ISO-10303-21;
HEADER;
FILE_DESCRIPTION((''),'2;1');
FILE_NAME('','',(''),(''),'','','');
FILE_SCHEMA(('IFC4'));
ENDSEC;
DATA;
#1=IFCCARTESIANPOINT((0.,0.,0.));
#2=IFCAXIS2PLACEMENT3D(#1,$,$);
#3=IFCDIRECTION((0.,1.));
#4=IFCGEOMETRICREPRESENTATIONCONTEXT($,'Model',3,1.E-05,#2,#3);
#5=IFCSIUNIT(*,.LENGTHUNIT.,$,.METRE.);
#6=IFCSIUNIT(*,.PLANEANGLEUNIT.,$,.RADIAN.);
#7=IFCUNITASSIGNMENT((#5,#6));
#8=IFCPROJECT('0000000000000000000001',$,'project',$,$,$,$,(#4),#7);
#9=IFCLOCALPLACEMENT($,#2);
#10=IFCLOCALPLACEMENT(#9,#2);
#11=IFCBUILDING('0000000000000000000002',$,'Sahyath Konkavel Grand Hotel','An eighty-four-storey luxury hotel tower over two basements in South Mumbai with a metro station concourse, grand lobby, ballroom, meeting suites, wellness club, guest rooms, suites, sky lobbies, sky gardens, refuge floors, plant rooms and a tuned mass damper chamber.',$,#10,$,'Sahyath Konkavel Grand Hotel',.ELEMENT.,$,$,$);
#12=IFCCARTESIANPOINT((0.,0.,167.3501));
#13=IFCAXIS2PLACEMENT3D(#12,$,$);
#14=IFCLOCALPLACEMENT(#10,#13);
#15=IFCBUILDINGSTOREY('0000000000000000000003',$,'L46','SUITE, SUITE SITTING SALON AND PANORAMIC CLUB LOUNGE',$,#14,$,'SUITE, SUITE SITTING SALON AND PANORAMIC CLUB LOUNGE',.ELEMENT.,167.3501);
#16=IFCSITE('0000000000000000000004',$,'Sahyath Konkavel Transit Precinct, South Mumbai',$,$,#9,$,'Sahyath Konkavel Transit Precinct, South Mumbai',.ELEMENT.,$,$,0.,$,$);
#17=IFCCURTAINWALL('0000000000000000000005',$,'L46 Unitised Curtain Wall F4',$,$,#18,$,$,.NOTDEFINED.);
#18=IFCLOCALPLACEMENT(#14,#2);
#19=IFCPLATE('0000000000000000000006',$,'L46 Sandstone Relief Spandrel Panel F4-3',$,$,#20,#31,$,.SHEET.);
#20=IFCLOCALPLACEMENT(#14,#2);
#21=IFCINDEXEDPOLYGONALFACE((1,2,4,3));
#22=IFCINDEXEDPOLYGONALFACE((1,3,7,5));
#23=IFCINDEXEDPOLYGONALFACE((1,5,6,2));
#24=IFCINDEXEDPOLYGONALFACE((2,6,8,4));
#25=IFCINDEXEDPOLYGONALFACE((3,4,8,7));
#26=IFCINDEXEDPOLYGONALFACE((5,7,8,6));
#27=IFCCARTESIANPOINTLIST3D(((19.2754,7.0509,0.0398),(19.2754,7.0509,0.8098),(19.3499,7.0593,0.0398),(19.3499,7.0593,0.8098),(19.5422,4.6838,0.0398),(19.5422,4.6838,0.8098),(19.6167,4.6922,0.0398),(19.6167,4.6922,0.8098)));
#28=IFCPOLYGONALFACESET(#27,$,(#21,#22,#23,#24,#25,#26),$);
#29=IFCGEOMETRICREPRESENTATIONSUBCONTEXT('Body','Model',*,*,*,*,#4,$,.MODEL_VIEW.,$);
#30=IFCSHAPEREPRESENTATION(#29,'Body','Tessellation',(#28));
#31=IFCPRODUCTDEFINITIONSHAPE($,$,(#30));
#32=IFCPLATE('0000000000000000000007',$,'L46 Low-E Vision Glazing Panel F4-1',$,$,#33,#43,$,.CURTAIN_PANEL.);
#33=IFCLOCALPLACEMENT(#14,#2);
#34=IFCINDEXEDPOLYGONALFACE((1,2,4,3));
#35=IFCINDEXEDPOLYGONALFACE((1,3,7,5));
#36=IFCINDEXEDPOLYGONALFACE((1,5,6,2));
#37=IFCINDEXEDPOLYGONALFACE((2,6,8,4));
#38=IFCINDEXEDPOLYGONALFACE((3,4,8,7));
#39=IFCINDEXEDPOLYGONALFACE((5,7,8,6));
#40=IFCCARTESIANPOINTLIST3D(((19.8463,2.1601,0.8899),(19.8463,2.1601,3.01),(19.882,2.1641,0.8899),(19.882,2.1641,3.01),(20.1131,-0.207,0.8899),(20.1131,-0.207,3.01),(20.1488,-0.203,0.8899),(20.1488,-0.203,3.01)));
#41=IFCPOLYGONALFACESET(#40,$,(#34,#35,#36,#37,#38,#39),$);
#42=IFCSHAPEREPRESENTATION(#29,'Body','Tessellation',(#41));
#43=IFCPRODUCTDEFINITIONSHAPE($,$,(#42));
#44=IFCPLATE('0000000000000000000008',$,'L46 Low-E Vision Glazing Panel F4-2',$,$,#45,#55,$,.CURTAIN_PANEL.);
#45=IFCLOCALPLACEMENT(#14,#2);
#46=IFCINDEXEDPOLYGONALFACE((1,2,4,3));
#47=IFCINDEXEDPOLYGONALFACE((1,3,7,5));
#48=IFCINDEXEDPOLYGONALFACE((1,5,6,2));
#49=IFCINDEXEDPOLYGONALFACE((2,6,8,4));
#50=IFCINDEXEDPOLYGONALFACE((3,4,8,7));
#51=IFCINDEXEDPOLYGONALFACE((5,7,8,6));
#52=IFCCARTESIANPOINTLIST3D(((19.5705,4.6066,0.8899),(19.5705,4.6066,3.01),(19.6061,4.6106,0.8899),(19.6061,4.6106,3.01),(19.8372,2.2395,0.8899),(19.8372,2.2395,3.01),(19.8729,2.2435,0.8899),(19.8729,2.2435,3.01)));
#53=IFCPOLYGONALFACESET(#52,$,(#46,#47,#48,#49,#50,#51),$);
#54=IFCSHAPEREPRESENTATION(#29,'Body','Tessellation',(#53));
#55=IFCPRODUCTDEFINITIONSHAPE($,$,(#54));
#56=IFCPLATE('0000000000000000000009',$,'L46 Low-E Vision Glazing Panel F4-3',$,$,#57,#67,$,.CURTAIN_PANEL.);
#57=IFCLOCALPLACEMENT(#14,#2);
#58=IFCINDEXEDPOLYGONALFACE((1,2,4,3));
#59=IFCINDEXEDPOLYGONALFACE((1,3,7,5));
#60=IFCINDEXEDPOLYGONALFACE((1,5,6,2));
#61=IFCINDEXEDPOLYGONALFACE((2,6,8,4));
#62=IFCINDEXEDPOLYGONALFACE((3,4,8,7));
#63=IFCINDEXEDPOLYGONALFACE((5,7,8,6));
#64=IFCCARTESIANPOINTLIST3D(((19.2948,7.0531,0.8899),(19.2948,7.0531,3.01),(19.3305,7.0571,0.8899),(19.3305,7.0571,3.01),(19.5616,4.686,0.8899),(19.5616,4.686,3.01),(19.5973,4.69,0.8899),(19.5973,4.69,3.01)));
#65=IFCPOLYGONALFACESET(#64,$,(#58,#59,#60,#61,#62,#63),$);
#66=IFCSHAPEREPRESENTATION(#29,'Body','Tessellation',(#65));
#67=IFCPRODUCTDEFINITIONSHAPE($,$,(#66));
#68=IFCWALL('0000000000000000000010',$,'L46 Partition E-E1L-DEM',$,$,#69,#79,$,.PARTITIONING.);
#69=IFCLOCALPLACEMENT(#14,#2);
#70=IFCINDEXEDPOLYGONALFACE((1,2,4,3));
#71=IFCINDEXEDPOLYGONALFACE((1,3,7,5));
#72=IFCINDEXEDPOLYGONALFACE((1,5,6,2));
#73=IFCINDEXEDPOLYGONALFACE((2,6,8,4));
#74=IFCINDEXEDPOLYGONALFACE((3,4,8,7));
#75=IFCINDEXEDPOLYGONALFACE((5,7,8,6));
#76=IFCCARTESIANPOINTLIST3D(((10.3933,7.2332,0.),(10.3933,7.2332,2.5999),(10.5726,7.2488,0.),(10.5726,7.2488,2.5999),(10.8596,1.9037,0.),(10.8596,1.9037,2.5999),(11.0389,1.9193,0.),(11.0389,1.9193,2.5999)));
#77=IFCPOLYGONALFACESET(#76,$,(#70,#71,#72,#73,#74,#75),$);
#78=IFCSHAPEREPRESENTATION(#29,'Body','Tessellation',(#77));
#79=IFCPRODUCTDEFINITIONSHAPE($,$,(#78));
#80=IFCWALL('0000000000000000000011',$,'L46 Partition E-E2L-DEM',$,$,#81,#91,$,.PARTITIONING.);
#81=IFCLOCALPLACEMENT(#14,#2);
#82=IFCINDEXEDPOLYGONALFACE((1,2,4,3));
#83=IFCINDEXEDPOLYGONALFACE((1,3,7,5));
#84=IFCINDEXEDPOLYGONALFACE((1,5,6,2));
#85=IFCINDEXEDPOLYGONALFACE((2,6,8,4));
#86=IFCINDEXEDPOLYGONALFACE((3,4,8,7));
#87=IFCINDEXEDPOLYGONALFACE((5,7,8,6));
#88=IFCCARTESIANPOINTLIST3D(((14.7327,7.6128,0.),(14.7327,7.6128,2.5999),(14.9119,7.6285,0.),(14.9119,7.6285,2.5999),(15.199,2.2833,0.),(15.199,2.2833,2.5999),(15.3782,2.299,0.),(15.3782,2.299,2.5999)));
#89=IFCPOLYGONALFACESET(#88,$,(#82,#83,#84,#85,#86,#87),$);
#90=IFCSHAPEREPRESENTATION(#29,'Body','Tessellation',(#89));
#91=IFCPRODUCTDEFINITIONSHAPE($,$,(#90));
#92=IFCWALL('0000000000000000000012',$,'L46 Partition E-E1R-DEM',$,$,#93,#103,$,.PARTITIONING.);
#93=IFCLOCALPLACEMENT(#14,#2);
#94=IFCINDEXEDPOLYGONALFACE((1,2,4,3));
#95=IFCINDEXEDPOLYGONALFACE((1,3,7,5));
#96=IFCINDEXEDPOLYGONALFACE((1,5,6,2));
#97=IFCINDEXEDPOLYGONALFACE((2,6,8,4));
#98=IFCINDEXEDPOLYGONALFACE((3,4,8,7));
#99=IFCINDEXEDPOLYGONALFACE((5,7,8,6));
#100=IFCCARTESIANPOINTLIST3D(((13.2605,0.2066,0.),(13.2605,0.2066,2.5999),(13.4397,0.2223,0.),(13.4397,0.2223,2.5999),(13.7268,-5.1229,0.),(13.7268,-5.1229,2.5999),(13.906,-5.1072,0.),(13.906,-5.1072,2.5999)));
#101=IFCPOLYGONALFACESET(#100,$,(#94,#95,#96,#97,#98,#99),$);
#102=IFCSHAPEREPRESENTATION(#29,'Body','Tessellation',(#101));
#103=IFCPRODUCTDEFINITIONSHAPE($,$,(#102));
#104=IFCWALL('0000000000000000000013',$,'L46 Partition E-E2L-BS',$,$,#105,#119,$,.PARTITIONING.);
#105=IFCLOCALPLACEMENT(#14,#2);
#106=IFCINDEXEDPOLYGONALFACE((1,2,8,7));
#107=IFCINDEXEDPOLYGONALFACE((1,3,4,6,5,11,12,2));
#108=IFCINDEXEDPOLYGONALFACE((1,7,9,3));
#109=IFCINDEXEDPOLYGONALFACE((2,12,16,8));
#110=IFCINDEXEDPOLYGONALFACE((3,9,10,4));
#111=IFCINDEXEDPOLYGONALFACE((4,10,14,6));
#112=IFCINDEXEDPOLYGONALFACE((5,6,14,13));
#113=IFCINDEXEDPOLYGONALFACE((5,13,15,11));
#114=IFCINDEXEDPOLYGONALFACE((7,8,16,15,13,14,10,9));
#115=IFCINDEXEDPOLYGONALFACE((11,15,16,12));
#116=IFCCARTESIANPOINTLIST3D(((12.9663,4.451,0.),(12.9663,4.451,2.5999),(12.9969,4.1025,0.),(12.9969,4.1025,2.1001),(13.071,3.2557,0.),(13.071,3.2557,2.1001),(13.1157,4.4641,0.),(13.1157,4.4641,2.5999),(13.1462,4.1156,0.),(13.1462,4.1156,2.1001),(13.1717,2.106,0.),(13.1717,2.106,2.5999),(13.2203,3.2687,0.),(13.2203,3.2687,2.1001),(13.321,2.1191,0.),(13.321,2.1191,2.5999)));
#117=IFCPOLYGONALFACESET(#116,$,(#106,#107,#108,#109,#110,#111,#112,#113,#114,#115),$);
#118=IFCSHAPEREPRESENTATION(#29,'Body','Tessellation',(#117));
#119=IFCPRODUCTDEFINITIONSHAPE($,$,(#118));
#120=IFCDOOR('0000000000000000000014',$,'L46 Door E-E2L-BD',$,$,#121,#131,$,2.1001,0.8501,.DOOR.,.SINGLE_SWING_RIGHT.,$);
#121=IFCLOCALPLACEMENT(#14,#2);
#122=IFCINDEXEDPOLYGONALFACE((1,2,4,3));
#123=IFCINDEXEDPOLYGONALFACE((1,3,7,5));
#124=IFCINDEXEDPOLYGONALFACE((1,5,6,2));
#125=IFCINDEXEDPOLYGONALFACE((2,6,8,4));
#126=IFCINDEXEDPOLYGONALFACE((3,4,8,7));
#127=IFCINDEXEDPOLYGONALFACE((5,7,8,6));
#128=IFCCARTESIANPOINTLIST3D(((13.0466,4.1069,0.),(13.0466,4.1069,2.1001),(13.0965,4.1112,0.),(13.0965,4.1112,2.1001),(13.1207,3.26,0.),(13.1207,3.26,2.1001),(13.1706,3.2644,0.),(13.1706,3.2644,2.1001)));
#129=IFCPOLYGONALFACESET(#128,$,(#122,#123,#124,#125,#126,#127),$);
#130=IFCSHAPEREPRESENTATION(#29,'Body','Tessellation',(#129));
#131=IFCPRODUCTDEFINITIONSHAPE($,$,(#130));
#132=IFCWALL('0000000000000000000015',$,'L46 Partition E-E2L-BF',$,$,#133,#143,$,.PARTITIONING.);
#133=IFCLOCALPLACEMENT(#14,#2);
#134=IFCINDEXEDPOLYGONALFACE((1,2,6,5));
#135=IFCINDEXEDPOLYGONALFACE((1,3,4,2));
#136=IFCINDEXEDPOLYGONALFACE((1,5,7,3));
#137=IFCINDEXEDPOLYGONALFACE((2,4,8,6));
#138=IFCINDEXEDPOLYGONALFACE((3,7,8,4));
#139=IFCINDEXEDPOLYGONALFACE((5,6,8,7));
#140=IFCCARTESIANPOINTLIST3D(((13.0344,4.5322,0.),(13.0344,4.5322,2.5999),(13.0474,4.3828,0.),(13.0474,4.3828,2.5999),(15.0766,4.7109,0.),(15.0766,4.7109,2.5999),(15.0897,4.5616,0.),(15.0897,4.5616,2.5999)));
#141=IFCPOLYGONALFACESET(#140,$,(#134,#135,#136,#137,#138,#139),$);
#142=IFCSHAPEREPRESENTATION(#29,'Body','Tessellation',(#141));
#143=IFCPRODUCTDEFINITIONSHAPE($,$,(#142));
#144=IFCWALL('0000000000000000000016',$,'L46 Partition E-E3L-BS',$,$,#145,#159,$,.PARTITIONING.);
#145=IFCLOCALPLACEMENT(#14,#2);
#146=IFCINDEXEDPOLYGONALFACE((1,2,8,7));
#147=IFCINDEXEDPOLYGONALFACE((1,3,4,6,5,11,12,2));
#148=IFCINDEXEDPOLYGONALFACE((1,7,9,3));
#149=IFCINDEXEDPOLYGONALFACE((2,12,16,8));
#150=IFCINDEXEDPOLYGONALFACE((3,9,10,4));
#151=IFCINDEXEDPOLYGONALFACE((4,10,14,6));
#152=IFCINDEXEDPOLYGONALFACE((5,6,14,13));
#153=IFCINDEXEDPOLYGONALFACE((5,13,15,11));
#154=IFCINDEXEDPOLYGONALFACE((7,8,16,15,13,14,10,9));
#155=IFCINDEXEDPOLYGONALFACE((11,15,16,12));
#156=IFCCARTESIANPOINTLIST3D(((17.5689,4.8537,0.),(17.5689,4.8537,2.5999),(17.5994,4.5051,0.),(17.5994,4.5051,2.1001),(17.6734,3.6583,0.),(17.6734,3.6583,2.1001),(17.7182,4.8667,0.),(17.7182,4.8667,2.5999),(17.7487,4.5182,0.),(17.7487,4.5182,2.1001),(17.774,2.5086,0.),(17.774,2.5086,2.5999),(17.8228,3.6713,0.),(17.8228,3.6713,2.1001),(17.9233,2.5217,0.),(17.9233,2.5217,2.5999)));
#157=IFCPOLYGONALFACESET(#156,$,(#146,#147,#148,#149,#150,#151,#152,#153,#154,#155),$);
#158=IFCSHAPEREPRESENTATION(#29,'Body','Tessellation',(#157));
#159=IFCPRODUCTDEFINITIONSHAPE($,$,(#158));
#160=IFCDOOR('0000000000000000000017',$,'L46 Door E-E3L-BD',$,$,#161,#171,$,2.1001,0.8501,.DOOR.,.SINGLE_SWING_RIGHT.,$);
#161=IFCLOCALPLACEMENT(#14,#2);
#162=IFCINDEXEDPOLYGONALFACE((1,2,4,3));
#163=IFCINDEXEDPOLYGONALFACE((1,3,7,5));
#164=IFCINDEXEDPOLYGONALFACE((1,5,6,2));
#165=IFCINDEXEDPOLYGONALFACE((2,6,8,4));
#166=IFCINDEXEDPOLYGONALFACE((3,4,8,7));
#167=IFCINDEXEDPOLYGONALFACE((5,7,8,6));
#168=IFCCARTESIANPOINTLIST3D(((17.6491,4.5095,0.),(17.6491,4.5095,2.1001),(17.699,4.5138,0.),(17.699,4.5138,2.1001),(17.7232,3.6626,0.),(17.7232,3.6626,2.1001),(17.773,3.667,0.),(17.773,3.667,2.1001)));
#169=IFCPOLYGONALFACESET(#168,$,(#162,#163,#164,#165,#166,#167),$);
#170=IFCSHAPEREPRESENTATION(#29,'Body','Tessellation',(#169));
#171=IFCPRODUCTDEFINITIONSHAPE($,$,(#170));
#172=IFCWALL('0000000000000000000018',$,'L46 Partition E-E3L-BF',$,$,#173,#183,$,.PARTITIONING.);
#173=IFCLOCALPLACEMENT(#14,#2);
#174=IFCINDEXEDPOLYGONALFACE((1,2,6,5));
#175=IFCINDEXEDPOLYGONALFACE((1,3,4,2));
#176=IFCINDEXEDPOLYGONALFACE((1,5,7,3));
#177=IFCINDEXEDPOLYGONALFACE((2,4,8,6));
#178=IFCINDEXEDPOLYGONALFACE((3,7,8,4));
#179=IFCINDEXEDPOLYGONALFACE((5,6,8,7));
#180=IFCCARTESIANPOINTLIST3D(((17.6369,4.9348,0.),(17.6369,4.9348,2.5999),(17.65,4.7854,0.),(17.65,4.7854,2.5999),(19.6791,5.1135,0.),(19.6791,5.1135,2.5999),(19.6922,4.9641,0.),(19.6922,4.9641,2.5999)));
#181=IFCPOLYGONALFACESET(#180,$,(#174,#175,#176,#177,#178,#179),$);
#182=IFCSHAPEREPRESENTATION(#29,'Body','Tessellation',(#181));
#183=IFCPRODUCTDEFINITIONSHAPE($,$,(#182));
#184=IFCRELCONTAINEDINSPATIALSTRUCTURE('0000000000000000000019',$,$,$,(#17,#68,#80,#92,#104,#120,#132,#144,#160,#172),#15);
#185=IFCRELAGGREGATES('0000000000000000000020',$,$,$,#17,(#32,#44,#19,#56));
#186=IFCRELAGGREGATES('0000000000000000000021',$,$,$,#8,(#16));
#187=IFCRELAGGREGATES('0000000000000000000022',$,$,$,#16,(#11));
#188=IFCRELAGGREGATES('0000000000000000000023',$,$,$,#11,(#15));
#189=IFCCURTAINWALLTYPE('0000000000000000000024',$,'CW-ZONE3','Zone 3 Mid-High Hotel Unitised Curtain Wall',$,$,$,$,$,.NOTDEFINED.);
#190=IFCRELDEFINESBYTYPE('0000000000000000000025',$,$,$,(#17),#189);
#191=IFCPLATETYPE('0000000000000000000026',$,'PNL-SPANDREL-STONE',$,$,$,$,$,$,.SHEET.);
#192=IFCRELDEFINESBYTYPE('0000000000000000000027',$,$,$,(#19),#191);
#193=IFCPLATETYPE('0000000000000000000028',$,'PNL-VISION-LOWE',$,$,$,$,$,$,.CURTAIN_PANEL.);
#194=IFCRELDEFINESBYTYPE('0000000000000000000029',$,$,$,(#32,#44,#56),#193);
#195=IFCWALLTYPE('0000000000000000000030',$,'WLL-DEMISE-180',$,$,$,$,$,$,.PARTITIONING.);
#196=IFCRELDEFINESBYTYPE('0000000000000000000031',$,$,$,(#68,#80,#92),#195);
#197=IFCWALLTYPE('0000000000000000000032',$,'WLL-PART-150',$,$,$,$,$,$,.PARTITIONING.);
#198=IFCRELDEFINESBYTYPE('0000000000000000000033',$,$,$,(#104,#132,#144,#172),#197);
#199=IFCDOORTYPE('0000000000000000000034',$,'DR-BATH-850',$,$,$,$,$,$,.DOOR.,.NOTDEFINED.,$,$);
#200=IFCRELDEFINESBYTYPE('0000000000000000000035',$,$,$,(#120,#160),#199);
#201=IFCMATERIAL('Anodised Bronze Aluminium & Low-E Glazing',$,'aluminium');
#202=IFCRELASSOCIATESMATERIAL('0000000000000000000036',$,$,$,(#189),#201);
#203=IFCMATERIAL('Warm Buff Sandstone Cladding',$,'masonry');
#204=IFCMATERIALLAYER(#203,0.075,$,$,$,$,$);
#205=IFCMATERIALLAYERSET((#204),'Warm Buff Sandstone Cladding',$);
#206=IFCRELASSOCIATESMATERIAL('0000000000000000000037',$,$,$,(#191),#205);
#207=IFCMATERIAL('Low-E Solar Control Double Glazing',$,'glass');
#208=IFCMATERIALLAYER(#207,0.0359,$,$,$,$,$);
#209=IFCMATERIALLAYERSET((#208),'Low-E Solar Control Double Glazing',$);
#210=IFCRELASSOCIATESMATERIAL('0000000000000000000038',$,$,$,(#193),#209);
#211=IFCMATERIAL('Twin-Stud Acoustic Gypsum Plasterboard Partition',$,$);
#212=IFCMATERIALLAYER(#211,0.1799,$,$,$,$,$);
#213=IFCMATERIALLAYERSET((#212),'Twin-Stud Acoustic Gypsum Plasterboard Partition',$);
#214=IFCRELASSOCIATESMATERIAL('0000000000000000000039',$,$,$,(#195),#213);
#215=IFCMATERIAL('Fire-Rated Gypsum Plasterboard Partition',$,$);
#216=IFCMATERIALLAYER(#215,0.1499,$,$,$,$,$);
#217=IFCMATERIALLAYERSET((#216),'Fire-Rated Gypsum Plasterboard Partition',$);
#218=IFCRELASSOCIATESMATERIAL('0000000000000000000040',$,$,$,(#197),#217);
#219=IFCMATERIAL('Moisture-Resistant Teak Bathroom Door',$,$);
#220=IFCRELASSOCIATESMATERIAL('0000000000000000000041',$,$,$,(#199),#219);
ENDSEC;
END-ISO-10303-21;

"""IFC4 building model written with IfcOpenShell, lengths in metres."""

from ifc_helpers import new_model, si_unit, direction, frame, frame_2d, origin, origin_2d, place, context, subcontext, project, spatial, rectangle, extrude, source, transform, mapped, material, layer, layer_set, type_object, element, fill, aggregate, save


model = new_model("IFC4")

# Units and contexts
model_context = context("Model", 3, precision=1e-05, world=origin(), true_north=direction((0.0, 1.0)))
body_context = subcontext(model_context, "Body", "Model", "MODEL_VIEW")
ifc_project = project(units=[si_unit("LENGTHUNIT", "METRE"), si_unit("PLANEANGLEUNIT", "RADIAN")], contexts=[model_context])

# Site, building, storey
site_placement = place(None, origin())
site = spatial("IfcSite", under=ifc_project, at=site_placement, Name="Sahyath Konkavel Transit Precinct, South Mumbai", LongName="Sahyath Konkavel Transit Precinct, South Mumbai", CompositionType="ELEMENT", RefElevation=0.0)
building_placement = place(site_placement, origin())
building = spatial("IfcBuilding", under=site, at=building_placement, Name="Sahyath Konkavel Grand Hotel", Description="An eighty-four-storey luxury hotel tower over two basements in South Mumbai with a metro station concourse, grand lobby, ballroom, meeting suites, wellness club, guest rooms, suites, sky lobbies, sky gardens, refuge floors, plant rooms and a tuned mass damper chamber.", LongName="Sahyath Konkavel Grand Hotel", CompositionType="ELEMENT")
storey_placement = place(building_placement, frame((0.0, 0.0, 167.3501)))
storey = spatial("IfcBuildingStorey", under=building, at=storey_placement, Name="L46", Description="SUITE, SUITE SITTING SALON AND PANORAMIC CLUB LOUNGE", LongName="SUITE, SUITE SITTING SALON AND PANORAMIC CLUB LOUNGE", CompositionType="ELEMENT", Elevation=167.3501)

# Curtain wall
ifc_material_1 = material(Name="Anodised Bronze Aluminium & Low-E Glazing", Category="aluminium")
curtain_wall_type = type_object("IfcCurtainWallType", Name="CW-ZONE3", Description="Zone 3 Mid-High Hotel Unitised Curtain Wall", PredefinedType="NOTDEFINED", material=ifc_material_1)
curtain_wall_placement = place(storey_placement, origin())
curtain_wall = element("IfcCurtainWall", 1, at=curtain_wall_placement, inside=storey, type_object=curtain_wall_type, Name="L46 Unitised Curtain Wall F4", PredefinedType="NOTDEFINED")

# Plates
ifc_material_2 = material(Name="Warm Buff Sandstone Cladding", Category="masonry")
ifc_layer_1 = layer(ifc_material_2, 0.075)
ifc_layer_set_1 = layer_set([ifc_layer_1], Name="Warm Buff Sandstone Cladding")
plate_type_1 = type_object("IfcPlateType", Name="PNL-SPANDREL-STONE", PredefinedType="SHEET", material=ifc_layer_set_1)
shared_shape_1 = source(origin(), body_context, "Body", "SweptSolid", [
    extrude(rectangle(XDim=2.3821, YDim=0.075, at=origin_2d()), origin(), (0.0, 0.0, 1.0), 0.77),
])
plate_1_placement = place(storey_placement, frame((19.446, 5.8716, 0.0398), z_axis=(0.0, 0.0, 1.0), x_axis=(-0.111989, 0.993709, 0.0)))
plate_1 = element("IfcPlate", 2, at=plate_1_placement, type_object=plate_type_1, Name="L46 Sandstone Relief Spandrel Panel F4-3", PredefinedType="SHEET", context=body_context, shape_type="MappedRepresentation", body=[
    mapped(shared_shape_1, transform((0.0, 0.0, 0.0), scale=1.0)),
])
ifc_material_3 = material(Name="Low-E Solar Control Double Glazing", Category="glass")
ifc_layer_2 = layer(ifc_material_3, 0.0359)
ifc_layer_set_2 = layer_set([ifc_layer_2], Name="Low-E Solar Control Double Glazing")
plate_type_2 = type_object("IfcPlateType", Name="PNL-VISION-LOWE", PredefinedType="CURTAIN_PANEL", material=ifc_layer_set_2)
shared_shape_2 = source(origin(), body_context, "Body", "SweptSolid", [
    extrude(rectangle(XDim=2.3821, YDim=0.0359, at=origin_2d()), origin(), (0.0, 0.0, 1.0), 2.1201),
])
plate_2_placement = place(storey_placement, frame((19.9976, 0.9785, 0.8899), z_axis=(0.0, 0.0, 1.0), x_axis=(-0.111989, 0.993709, 0.0)))
plate_2 = element("IfcPlate", 3, at=plate_2_placement, type_object=plate_type_2, Name="L46 Low-E Vision Glazing Panel F4-1", PredefinedType="CURTAIN_PANEL", context=body_context, shape_type="MappedRepresentation", body=[
    mapped(shared_shape_2, transform((0.0, 0.0, 0.0), scale=1.0)),
])
plate_3_placement = place(storey_placement, frame((19.7217, 3.425, 0.8899), z_axis=(0.0, 0.0, 1.0), x_axis=(-0.111989, 0.993709, 0.0)))
plate_3 = element("IfcPlate", 4, at=plate_3_placement, type_object=plate_type_2, Name="L46 Low-E Vision Glazing Panel F4-2", PredefinedType="CURTAIN_PANEL", context=body_context, shape_type="MappedRepresentation", body=[
    mapped(shared_shape_2, transform((0.0, 0.0, 0.0), scale=1.0)),
])
plate_4_placement = place(storey_placement, frame((19.446, 5.8716, 0.8899), z_axis=(0.0, 0.0, 1.0), x_axis=(-0.111989, 0.993709, 0.0)))
plate_4 = element("IfcPlate", 5, at=plate_4_placement, type_object=plate_type_2, Name="L46 Low-E Vision Glazing Panel F4-3", PredefinedType="CURTAIN_PANEL", context=body_context, shape_type="MappedRepresentation", body=[
    mapped(shared_shape_2, transform((0.0, 0.0, 0.0), scale=1.0)),
])
aggregate(curtain_wall, [plate_2, plate_3, plate_1, plate_4])

# Walls
ifc_material_4 = material(Name="Twin-Stud Acoustic Gypsum Plasterboard Partition")
ifc_layer_3 = layer(ifc_material_4, 0.1799)
ifc_layer_set_3 = layer_set([ifc_layer_3], Name="Twin-Stud Acoustic Gypsum Plasterboard Partition")
wall_type_1 = type_object("IfcWallType", Name="WLL-DEMISE-180", PredefinedType="PARTITIONING", material=ifc_layer_set_3)
for number, where, z_axis, x_axis, name in (
    (6, (10.9492, 1.9116, 0.0), (0.0, 0.0, 1.0), (-0.087161, 0.996194, 0.0), "L46 Partition E-E1L-DEM"),
    (7, (15.2886, 2.2913, 0.0), (0.0, 0.0, 1.0), (-0.087161, 0.996194, 0.0), "L46 Partition E-E2L-DEM"),
    (8, (13.3501, 0.2144, 0.0), (0.0, 0.0, 1.0), (0.087161, -0.996194, 0.0), "L46 Partition E-E1R-DEM"),
):
    element("IfcWall", number, at=place(storey_placement, frame(where, z_axis=z_axis, x_axis=x_axis)), inside=storey, type_object=wall_type_1, Name=name, PredefinedType="PARTITIONING", context=body_context, shape_type="SweptSolid", body=[
        extrude(rectangle(XDim=5.3499, YDim=0.1799, at=frame_2d((2.6748, 0.0))), origin(), (0.0, 0.0, 1.0), 2.5999),
    ])

# Wall, opening, door
ifc_material_5 = material(Name="Fire-Rated Gypsum Plasterboard Partition")
ifc_layer_4 = layer(ifc_material_5, 0.1499)
ifc_layer_set_4 = layer_set([ifc_layer_4], Name="Fire-Rated Gypsum Plasterboard Partition")
wall_type_2 = type_object("IfcWallType", Name="WLL-PART-150", PredefinedType="PARTITIONING", material=ifc_layer_set_4)
wall_1_placement = place(storey_placement, frame((13.2463, 2.1125, 0.0), z_axis=(0.0, 0.0, 1.0), x_axis=(-0.087225, 0.996189, 0.0)))
wall_1 = element("IfcWall", 9, at=wall_1_placement, inside=storey, type_object=wall_type_2, Name="L46 Partition E-E2L-BS", PredefinedType="PARTITIONING", context=body_context, shape_type="SweptSolid", body=[
    extrude(rectangle(XDim=2.354, YDim=0.1499, at=frame_2d((1.177, 0.0))), origin(), (0.0, 0.0, 1.0), 2.5999),
])
opening_1_placement = place(wall_1_placement, frame((1.1541, 0.0, 0.0)))
opening_1 = element("IfcOpeningElement", 10, at=opening_1_placement, cuts=wall_1, PredefinedType="OPENING", context=body_context, shape_type="SweptSolid", body=[
    extrude(rectangle(XDim=0.8501, YDim=2.1001, at=frame_2d((0.425, 1.05))), frame((0.0, 0.085, 0.0), z_axis=(0.0, -1.0, 0.0), x_axis=(1.0, 0.0, 0.0)), (0.0, 0.0, 1.0), 0.1699),
])
ifc_material_6 = material(Name="Moisture-Resistant Teak Bathroom Door")
door_type = type_object("IfcDoorType", Name="DR-BATH-850", OperationType="NOTDEFINED", PredefinedType="DOOR", material=ifc_material_6)
shared_shape_3 = source(origin(), body_context, "Body", "SweptSolid", [
    extrude(rectangle(XDim=0.8501, YDim=0.05, at=origin_2d()), origin(), (0.0, 0.0, 1.0), 2.1001),
])
door_1_placement = place(opening_1_placement, frame((0.425, 0.0, 0.0)))
door_1 = element("IfcDoor", 11, at=door_1_placement, inside=storey, type_object=door_type, Name="L46 Door E-E2L-BD", OperationType="SINGLE_SWING_RIGHT", OverallHeight=2.1001, OverallWidth=0.8501, PredefinedType="DOOR", context=body_context, shape_type="MappedRepresentation", body=[
    mapped(shared_shape_3, transform((0.0, 0.0, 0.0), scale=1.0)),
])
fill(opening_1, door_1)

# Wall
wall_2_placement = place(storey_placement, frame((13.041, 4.4575, 0.0), z_axis=(0.0, 0.0, 1.0), x_axis=(0.996193, 0.087174, 0.0)))
element("IfcWall", 12, at=wall_2_placement, inside=storey, type_object=wall_type_2, Name="L46 Partition E-E2L-BF", PredefinedType="PARTITIONING", context=body_context, shape_type="SweptSolid", body=[
    extrude(rectangle(XDim=2.05, YDim=0.1499, at=frame_2d((1.0249, 0.0))), origin(), (0.0, 0.0, 1.0), 2.5999),
])

# Wall, opening, door
wall_3_placement = place(storey_placement, frame((17.8486, 2.5151, 0.0), z_axis=(0.0, 0.0, 1.0), x_axis=(-0.087122, 0.996198, 0.0)))
wall_3 = element("IfcWall", 13, at=wall_3_placement, inside=storey, type_object=wall_type_2, Name="L46 Partition E-E3L-BS", PredefinedType="PARTITIONING", context=body_context, shape_type="SweptSolid", body=[
    extrude(rectangle(XDim=2.354, YDim=0.1499, at=frame_2d((1.177, 0.0))), origin(), (0.0, 0.0, 1.0), 2.5999),
])
opening_2_placement = place(wall_3_placement, frame((1.1541, 0.0, 0.0)))
opening_2 = element("IfcOpeningElement", 14, at=opening_2_placement, cuts=wall_3, PredefinedType="OPENING", context=body_context, shape_type="SweptSolid", body=[
    extrude(rectangle(XDim=0.8501, YDim=2.1001, at=frame_2d((0.425, 1.05))), frame((0.0, 0.085, 0.0), z_axis=(0.0, -1.0, 0.0), x_axis=(1.0, 0.0, 0.0)), (0.0, 0.0, 1.0), 0.1699),
])
door_2_placement = place(opening_2_placement, frame((0.425, 0.0, 0.0)))
door_2 = element("IfcDoor", 15, at=door_2_placement, inside=storey, type_object=door_type, Name="L46 Door E-E3L-BD", OperationType="SINGLE_SWING_RIGHT", OverallHeight=2.1001, OverallWidth=0.8501, PredefinedType="DOOR", context=body_context, shape_type="MappedRepresentation", body=[
    mapped(shared_shape_3, transform((0.0, 0.0, 0.0), scale=1.0)),
])
fill(opening_2, door_2)

# Wall
wall_4_placement = place(storey_placement, frame((17.6436, 4.8601, 0.0), z_axis=(0.0, 0.0, 1.0), x_axis=(0.996193, 0.087174, 0.0)))
element("IfcWall", 16, at=wall_4_placement, inside=storey, type_object=wall_type_2, Name="L46 Partition E-E3L-BF", PredefinedType="PARTITIONING", context=body_context, shape_type="SweptSolid", body=[
    extrude(rectangle(XDim=2.05, YDim=0.1499, at=frame_2d((1.0249, 0.0))), origin(), (0.0, 0.0, 1.0), 2.5999),
])

save(model, "model.ifc")
